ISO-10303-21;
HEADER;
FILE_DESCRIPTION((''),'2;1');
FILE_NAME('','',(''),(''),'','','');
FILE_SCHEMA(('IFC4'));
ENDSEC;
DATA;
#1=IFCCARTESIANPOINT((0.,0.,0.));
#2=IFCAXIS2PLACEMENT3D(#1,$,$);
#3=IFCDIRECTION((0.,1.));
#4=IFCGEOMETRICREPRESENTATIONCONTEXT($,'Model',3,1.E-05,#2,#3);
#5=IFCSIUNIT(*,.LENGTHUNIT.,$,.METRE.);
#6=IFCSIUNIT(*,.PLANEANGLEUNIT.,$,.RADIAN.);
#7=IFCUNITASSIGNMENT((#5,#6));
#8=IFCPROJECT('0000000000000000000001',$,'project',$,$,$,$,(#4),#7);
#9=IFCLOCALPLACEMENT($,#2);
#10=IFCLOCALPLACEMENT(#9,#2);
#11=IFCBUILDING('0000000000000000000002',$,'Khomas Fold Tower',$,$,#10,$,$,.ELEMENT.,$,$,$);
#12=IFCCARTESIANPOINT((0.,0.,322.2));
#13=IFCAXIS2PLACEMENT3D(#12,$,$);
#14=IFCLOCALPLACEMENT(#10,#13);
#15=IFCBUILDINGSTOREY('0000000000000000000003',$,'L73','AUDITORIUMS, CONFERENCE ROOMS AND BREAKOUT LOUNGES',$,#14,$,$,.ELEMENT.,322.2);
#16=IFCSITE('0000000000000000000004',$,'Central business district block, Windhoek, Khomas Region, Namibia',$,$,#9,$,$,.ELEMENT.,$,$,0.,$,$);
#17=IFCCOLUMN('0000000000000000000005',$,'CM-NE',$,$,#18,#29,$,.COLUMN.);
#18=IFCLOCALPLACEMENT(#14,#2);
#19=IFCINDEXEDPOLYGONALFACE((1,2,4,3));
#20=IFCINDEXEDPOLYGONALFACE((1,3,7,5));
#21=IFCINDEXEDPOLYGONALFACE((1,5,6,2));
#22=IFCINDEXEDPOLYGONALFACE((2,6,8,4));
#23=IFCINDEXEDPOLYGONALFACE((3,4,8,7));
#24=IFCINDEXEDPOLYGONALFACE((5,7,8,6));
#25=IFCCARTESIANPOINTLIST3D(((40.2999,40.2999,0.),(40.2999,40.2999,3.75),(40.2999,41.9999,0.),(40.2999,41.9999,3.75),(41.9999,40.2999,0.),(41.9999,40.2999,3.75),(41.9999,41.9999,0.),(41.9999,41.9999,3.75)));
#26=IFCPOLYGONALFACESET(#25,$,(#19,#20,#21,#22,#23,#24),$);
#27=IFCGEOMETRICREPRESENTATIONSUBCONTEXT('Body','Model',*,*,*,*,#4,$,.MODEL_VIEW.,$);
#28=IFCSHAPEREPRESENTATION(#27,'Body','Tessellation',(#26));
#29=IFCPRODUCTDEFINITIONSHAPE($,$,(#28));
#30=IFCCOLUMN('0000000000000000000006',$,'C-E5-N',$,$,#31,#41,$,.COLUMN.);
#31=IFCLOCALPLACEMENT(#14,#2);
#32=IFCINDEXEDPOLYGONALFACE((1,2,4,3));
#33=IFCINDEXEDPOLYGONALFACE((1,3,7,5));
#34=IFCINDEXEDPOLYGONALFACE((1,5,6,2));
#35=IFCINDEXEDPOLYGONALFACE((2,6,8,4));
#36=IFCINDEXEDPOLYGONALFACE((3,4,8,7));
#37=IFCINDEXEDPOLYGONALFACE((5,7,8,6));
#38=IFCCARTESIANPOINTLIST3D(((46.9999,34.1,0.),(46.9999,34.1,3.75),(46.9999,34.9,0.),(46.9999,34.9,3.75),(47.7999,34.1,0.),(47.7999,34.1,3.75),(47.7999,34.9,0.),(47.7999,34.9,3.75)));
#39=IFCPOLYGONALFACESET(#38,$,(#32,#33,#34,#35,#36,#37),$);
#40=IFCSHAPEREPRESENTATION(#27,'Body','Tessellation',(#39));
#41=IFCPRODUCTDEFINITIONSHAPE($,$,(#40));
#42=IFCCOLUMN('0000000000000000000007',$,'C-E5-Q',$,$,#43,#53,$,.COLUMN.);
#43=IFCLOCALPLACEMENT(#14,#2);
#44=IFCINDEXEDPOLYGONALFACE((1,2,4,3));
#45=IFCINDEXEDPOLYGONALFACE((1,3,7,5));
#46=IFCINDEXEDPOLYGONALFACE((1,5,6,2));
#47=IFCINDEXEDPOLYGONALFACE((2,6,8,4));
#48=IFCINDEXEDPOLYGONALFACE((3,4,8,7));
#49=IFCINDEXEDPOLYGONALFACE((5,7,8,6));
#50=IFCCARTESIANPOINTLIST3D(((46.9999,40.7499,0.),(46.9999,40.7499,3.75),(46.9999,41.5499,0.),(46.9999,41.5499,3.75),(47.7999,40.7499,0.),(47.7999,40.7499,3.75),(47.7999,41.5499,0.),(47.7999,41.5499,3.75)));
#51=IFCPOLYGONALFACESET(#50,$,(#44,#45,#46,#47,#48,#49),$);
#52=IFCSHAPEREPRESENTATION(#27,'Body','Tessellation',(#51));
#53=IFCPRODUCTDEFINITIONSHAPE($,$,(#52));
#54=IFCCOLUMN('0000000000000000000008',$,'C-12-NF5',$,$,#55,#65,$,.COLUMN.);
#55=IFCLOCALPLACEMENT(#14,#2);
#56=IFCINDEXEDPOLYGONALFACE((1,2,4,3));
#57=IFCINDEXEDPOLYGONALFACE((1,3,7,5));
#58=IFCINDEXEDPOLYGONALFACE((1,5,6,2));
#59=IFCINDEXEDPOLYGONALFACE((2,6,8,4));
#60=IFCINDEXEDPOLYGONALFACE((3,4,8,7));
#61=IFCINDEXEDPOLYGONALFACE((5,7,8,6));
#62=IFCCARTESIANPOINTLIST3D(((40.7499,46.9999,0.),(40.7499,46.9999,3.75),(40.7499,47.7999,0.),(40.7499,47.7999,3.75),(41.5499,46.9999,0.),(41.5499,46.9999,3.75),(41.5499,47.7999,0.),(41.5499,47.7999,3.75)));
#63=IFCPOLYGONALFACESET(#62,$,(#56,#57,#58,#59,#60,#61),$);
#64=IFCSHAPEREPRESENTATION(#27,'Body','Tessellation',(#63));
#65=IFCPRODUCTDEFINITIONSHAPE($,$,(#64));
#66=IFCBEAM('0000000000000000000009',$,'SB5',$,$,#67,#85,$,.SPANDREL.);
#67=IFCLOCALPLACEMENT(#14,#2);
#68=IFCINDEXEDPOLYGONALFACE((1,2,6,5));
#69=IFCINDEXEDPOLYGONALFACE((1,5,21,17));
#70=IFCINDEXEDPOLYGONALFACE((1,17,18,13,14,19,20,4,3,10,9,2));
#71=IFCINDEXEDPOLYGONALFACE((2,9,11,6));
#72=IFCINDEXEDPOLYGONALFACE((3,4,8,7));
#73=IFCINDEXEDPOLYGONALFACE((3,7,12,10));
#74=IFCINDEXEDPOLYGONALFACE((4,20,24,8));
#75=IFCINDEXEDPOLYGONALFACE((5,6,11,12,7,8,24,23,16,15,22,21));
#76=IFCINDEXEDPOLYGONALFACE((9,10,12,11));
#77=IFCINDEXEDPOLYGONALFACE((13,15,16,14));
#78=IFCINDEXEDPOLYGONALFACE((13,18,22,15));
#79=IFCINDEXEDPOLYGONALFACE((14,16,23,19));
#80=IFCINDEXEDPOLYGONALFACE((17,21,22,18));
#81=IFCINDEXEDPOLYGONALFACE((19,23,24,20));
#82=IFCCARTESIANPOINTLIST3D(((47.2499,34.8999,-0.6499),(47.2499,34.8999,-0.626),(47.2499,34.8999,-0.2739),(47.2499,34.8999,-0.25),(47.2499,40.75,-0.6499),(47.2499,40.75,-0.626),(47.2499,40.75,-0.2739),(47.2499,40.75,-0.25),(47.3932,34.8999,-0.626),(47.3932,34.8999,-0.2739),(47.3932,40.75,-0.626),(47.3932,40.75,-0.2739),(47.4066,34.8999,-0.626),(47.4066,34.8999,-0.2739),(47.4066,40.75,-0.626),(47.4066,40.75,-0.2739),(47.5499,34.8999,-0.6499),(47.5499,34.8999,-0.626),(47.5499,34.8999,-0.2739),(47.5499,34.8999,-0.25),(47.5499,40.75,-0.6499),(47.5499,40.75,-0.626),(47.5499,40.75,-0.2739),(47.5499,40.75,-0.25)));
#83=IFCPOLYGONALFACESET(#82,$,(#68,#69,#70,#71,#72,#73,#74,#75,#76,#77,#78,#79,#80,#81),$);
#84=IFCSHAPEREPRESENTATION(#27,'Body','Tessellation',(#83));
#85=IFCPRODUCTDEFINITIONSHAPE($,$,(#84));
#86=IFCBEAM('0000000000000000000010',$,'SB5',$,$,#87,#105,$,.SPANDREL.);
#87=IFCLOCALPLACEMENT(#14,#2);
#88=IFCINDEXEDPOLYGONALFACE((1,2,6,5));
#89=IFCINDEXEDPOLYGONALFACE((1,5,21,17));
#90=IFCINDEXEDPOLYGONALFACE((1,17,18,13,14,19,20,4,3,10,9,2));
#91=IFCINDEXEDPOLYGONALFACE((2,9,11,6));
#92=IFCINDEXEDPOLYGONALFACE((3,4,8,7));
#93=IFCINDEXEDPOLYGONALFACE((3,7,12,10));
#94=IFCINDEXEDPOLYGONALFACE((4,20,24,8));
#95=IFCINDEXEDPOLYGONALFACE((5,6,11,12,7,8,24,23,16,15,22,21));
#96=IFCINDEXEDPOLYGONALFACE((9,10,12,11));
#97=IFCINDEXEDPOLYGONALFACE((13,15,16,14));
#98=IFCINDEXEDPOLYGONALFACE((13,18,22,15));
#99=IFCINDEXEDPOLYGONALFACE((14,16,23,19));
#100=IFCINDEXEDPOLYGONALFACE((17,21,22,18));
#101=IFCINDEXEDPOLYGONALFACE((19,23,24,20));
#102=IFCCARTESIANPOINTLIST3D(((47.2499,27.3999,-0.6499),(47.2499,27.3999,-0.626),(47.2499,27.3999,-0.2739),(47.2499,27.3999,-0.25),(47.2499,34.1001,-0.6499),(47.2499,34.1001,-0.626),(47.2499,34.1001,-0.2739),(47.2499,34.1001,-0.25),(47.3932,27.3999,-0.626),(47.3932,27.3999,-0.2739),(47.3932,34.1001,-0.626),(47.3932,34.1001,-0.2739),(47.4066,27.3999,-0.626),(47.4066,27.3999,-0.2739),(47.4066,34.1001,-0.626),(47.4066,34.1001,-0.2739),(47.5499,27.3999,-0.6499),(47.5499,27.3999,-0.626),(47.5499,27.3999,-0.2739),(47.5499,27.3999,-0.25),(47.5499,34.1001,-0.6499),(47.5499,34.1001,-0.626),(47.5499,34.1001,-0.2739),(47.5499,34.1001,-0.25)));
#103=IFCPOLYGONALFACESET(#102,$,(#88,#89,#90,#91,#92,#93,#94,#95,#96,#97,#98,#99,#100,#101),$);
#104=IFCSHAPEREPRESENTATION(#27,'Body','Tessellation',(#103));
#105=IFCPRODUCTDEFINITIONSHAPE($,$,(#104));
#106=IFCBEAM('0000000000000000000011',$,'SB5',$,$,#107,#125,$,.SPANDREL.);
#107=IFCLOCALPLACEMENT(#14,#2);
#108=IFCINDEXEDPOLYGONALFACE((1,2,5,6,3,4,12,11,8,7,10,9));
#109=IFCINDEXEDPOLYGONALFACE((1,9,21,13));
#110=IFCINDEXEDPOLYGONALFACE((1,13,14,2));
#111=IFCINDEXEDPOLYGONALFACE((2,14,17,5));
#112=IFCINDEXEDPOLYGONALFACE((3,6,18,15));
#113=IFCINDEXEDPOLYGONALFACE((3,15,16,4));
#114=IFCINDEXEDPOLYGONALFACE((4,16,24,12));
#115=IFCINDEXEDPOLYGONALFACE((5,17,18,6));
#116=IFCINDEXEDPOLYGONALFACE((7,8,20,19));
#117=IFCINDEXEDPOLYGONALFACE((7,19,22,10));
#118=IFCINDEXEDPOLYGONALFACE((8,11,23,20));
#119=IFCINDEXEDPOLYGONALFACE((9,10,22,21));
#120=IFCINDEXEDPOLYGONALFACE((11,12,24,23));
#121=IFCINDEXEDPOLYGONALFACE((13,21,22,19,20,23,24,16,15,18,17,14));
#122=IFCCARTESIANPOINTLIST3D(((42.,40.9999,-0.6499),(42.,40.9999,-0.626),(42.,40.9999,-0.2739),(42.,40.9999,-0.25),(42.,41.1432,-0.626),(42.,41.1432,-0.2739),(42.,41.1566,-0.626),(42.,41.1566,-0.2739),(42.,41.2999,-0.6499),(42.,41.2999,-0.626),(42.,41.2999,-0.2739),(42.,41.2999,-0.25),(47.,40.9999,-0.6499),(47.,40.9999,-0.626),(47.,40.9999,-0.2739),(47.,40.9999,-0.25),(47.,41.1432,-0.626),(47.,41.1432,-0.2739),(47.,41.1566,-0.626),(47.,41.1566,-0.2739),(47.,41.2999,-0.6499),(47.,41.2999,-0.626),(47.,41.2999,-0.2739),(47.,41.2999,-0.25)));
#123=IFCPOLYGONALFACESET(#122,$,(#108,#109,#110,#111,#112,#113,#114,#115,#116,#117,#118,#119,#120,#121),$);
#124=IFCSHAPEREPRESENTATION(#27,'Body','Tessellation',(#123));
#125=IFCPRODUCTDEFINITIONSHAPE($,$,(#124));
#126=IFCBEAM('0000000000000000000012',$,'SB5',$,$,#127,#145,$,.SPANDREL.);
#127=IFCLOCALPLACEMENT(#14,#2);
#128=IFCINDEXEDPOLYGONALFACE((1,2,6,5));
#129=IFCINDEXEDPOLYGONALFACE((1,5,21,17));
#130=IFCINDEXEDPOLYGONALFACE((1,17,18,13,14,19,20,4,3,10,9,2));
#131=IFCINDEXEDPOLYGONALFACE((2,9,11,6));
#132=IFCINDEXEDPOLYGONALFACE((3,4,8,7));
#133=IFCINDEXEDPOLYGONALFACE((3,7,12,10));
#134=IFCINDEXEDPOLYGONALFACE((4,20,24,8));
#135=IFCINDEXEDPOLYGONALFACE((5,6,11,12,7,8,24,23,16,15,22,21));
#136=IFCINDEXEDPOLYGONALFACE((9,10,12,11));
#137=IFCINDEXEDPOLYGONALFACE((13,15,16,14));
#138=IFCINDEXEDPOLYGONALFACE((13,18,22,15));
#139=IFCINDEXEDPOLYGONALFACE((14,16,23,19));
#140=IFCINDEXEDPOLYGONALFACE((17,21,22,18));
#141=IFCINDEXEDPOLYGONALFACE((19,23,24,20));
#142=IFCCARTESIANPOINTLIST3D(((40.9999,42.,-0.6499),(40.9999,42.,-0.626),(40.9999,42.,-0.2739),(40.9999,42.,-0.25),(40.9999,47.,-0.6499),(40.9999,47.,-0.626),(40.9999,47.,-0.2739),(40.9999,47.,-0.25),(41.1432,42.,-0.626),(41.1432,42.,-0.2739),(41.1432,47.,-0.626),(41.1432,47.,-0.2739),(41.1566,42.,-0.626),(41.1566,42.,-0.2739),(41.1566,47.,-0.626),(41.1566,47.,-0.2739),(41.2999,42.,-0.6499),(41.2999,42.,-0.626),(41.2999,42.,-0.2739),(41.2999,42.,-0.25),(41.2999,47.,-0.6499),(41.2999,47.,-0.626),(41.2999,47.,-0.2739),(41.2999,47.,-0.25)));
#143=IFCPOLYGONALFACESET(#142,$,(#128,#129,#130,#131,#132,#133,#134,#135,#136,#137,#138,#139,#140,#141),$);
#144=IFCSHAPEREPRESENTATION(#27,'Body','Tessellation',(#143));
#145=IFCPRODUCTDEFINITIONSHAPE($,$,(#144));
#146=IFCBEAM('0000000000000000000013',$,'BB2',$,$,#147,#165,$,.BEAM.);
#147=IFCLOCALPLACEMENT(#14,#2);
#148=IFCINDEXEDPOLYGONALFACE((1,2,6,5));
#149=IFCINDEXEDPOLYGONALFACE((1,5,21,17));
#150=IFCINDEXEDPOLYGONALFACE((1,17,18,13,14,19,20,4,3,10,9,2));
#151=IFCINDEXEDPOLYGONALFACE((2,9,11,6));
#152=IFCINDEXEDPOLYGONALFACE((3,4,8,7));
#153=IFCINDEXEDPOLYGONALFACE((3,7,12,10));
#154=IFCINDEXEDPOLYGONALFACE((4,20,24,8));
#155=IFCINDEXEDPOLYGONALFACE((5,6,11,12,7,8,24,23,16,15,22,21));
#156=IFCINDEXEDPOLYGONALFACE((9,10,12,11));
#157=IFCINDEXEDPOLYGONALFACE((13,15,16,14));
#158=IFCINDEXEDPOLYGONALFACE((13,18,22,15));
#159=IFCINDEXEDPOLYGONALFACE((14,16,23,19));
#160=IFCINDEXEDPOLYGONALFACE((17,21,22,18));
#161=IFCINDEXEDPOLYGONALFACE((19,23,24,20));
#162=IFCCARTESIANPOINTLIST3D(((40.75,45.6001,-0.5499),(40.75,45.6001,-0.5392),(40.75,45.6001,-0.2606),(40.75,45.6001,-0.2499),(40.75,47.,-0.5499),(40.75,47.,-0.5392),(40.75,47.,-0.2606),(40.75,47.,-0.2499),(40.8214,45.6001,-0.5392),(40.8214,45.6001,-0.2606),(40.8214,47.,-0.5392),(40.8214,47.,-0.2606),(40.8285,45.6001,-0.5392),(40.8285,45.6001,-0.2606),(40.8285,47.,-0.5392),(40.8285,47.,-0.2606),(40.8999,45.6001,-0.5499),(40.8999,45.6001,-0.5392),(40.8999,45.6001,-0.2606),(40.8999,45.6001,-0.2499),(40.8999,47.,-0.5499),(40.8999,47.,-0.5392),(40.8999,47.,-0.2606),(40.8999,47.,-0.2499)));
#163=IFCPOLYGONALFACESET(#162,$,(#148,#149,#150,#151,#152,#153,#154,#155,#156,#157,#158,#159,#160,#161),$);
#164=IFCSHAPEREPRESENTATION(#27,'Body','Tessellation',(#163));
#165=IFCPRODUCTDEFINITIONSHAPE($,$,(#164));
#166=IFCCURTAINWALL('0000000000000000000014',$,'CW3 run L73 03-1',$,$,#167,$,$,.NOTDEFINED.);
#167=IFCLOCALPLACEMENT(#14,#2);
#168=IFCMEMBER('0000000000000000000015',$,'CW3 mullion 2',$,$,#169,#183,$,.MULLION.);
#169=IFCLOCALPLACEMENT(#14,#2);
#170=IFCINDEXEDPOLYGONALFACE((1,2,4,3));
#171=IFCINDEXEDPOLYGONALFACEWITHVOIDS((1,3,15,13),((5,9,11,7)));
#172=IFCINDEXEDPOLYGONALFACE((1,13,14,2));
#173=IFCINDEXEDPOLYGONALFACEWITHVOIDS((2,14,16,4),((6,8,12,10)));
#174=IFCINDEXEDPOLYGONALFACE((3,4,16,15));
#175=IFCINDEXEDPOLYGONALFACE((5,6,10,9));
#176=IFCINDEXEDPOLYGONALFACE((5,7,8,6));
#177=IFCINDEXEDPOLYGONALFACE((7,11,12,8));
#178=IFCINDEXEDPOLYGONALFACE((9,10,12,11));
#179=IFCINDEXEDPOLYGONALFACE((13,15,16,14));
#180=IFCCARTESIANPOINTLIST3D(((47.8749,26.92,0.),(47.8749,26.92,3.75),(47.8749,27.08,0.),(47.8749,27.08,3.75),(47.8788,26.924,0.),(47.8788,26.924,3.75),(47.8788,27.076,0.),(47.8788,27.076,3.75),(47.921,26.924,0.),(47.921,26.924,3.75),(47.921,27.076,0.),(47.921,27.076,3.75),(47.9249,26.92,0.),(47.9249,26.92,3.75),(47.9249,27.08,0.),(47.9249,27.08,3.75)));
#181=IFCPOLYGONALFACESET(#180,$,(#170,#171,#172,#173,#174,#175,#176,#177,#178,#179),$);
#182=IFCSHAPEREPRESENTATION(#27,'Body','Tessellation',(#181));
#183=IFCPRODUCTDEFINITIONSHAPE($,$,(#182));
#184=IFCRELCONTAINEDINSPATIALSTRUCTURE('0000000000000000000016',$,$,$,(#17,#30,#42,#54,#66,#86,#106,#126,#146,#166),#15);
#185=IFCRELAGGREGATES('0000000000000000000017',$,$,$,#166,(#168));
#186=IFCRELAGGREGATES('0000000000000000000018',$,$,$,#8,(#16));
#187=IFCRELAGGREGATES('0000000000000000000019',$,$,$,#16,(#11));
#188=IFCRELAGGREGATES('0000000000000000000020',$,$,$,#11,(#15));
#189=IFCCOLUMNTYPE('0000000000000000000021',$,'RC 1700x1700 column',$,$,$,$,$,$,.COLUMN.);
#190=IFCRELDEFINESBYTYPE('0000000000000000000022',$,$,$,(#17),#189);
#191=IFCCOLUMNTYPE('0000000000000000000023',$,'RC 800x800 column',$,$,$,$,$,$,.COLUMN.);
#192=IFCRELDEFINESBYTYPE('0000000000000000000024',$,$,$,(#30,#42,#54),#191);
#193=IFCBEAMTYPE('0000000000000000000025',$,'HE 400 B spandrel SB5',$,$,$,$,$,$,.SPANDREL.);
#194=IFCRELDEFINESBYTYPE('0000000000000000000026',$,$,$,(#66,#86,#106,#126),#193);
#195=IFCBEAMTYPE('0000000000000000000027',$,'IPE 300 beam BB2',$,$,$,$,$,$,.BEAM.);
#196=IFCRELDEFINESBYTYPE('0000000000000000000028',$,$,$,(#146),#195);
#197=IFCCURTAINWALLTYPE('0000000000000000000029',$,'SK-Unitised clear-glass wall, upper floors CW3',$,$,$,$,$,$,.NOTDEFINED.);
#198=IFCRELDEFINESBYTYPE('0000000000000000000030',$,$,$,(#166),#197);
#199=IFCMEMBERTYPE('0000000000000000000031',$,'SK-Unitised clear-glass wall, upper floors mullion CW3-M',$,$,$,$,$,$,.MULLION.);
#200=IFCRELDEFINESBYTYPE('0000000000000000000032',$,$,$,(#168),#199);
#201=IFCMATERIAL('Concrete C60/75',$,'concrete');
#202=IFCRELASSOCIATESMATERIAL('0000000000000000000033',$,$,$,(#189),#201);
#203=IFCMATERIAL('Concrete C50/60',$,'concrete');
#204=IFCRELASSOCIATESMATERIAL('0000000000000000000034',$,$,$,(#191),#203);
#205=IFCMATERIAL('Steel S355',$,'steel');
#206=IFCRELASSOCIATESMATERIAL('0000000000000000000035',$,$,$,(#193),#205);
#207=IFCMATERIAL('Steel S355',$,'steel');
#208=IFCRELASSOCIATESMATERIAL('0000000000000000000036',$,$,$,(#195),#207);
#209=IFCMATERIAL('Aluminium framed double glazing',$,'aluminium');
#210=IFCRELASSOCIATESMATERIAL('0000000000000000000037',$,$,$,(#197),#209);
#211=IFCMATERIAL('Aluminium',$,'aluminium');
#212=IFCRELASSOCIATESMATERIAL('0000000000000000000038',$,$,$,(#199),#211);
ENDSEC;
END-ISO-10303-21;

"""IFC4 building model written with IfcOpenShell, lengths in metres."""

from ifc_helpers import new_model, si_unit, direction, frame, origin, origin_2d, place, context, subcontext, project, spatial, rectangle, hollow_rectangle, i_section, extrude, source, transform, mapped, material, material_profile, profile_set, type_object, element, aggregate, save


model = new_model("IFC4")

# Units and contexts
model_context = context("Model", 3, precision=1e-05, world=origin(), true_north=direction((0.0, 1.0)))
body_context = subcontext(model_context, "Body", "Model", "MODEL_VIEW")
ifc_project = project(units=[si_unit("LENGTHUNIT", "METRE"), si_unit("PLANEANGLEUNIT", "RADIAN")], contexts=[model_context])

# Site, building, storey
site_placement = place(None, origin())
site = spatial("IfcSite", under=ifc_project, at=site_placement, Name="Central business district block, Windhoek, Khomas Region, Namibia", CompositionType="ELEMENT", RefElevation=0.0)
building_placement = place(site_placement, origin())
building = spatial("IfcBuilding", under=site, at=building_placement, Name="Khomas Fold Tower", CompositionType="ELEMENT")
storey_placement = place(building_placement, frame((0.0, 0.0, 322.2)))
storey = spatial("IfcBuildingStorey", under=building, at=storey_placement, Name="L73", Description="AUDITORIUMS, CONFERENCE ROOMS AND BREAKOUT LOUNGES", CompositionType="ELEMENT", Elevation=322.2)

# Columns
ifc_material_1 = material(Name="Concrete C60/75", Category="concrete")
ifc_material_profile_1 = material_profile(ifc_material_1, rectangle(XDim=1.7, YDim=1.7, at=origin_2d()), Name="RC 1700x1700")
ifc_profile_set_1 = profile_set([ifc_material_profile_1], Name="Concrete C60/75")
column_type_1 = type_object("IfcColumnType", Name="RC 1700x1700 column", PredefinedType="COLUMN", material=ifc_profile_set_1)
shared_shape_1 = source(origin(), body_context, "Body", "SweptSolid", [
    extrude(rectangle(XDim=1.7, YDim=1.7, at=origin_2d()), origin(), (0.0, 0.0, 1.0), 3.75),
])
column_placement = place(storey_placement, frame((41.1499, 41.1499, 0.0), z_axis=(0.0, 0.0, 1.0), x_axis=(1.0, 0.0, 0.0)))
element("IfcColumn", 1, at=column_placement, inside=storey, type_object=column_type_1, Name="CM-NE", PredefinedType="COLUMN", context=body_context, shape_type="MappedRepresentation", body=[
    mapped(shared_shape_1, transform((0.0, 0.0, 0.0))),
])
ifc_material_2 = material(Name="Concrete C50/60", Category="concrete")
ifc_material_profile_2 = material_profile(ifc_material_2, rectangle(XDim=0.8, YDim=0.8, at=origin_2d()), Name="RC 800x800")
ifc_profile_set_2 = profile_set([ifc_material_profile_2], Name="Concrete C50/60")
column_type_2 = type_object("IfcColumnType", Name="RC 800x800 column", PredefinedType="COLUMN", material=ifc_profile_set_2)
shared_shape_2 = source(origin(), body_context, "Body", "SweptSolid", [
    extrude(rectangle(XDim=0.8, YDim=0.8, at=origin_2d()), origin(), (0.0, 0.0, 1.0), 3.75),
])
for number, where, z_axis, x_axis, name in (
    (2, (47.3999, 34.5, 0.0), (0.0, 0.0, 1.0), (1.0, 0.0, 0.0), "C-E5-N"),
    (3, (47.3999, 41.1499, 0.0), (0.0, 0.0, 1.0), (1.0, 0.0, 0.0), "C-E5-Q"),
    (4, (41.1499, 47.3999, 0.0), (0.0, 0.0, 1.0), (1.0, 0.0, 0.0), "C-12-NF5"),
):
    element("IfcColumn", number, at=place(storey_placement, frame(where, z_axis=z_axis, x_axis=x_axis)), inside=storey, type_object=column_type_2, Name=name, PredefinedType="COLUMN", context=body_context, shape_type="MappedRepresentation", body=[
        mapped(shared_shape_2, transform((0.0, 0.0, 0.0))),
    ])

# Beams
ifc_material_3 = material(Name="Steel S355", Category="steel")
ifc_material_profile_3 = material_profile(ifc_material_3, i_section(OverallWidth=0.3, OverallDepth=0.3999, WebThickness=0.0134, FlangeThickness=0.0239, at=origin_2d()), Name="HE 400 B")
ifc_profile_set_3 = profile_set([ifc_material_profile_3], Name="Steel S355")
beam_type_1 = type_object("IfcBeamType", Name="HE 400 B spandrel SB5", PredefinedType="SPANDREL", material=ifc_profile_set_3)
shared_shape_3 = source(origin(), body_context, "Body", "SweptSolid", [
    extrude(i_section(OverallWidth=0.3, OverallDepth=0.3999, WebThickness=0.0134, FlangeThickness=0.0239, at=origin_2d()), origin(), (0.0, 0.0, 1.0), 5.8501),
])
beam_1_placement = place(storey_placement, frame((47.3999, 34.8999, -0.45), z_axis=(0.0, 1.0, 0.0), x_axis=(-1.0, 0.0, 0.0)))
element("IfcBeam", 5, at=beam_1_placement, inside=storey, type_object=beam_type_1, Name="SB5", PredefinedType="SPANDREL", context=body_context, shape_type="MappedRepresentation", body=[
    mapped(shared_shape_3, transform((0.0, 0.0, 0.0))),
])
shared_shape_4 = source(origin(), body_context, "Body", "SweptSolid", [
    extrude(i_section(OverallWidth=0.3, OverallDepth=0.3999, WebThickness=0.0134, FlangeThickness=0.0239, at=origin_2d()), origin(), (0.0, 0.0, 1.0), 6.7002),
])
beam_2_placement = place(storey_placement, frame((47.3999, 27.3999, -0.45), z_axis=(0.0, 1.0, 0.0), x_axis=(-1.0, 0.0, 0.0)))
element("IfcBeam", 6, at=beam_2_placement, inside=storey, type_object=beam_type_1, Name="SB5", PredefinedType="SPANDREL", context=body_context, shape_type="MappedRepresentation", body=[
    mapped(shared_shape_4, transform((0.0, 0.0, 0.0))),
])
shared_shape_5 = source(origin(), body_context, "Body", "SweptSolid", [
    extrude(i_section(OverallWidth=0.3, OverallDepth=0.3999, WebThickness=0.0134, FlangeThickness=0.0239, at=origin_2d()), origin(), (0.0, 0.0, 1.0), 5.0),
])
for number, where, z_axis, x_axis, name in (
    (7, (42.0, 41.1499, -0.45), (1.0, 0.0, 0.0), (0.0, 1.0, 0.0), "SB5"),
    (8, (41.1499, 42.0, -0.45), (0.0, 1.0, 0.0), (-1.0, 0.0, 0.0), "SB5"),
):
    element("IfcBeam", number, at=place(storey_placement, frame(where, z_axis=z_axis, x_axis=x_axis)), inside=storey, type_object=beam_type_1, Name=name, PredefinedType="SPANDREL", context=body_context, shape_type="MappedRepresentation", body=[
        mapped(shared_shape_5, transform((0.0, 0.0, 0.0))),
    ])
ifc_material_4 = material(Name="Steel S355", Category="steel")
ifc_material_profile_4 = material_profile(ifc_material_4, i_section(OverallWidth=0.1499, OverallDepth=0.3, WebThickness=0.0071, FlangeThickness=0.0107, at=origin_2d()), Name="IPE 300")
ifc_profile_set_4 = profile_set([ifc_material_profile_4], Name="Steel S355")
beam_type_2 = type_object("IfcBeamType", Name="IPE 300 beam BB2", PredefinedType="BEAM", material=ifc_profile_set_4)
shared_shape_6 = source(origin(), body_context, "Body", "SweptSolid", [
    extrude(i_section(OverallWidth=0.1499, OverallDepth=0.3, WebThickness=0.0071, FlangeThickness=0.0107, at=origin_2d()), origin(), (0.0, 0.0, 1.0), 1.3999),
])
beam_3_placement = place(storey_placement, frame((40.825, 45.6001, -0.3999), z_axis=(0.0, 1.0, 0.0), x_axis=(-1.0, 0.0, 0.0)))
element("IfcBeam", 9, at=beam_3_placement, inside=storey, type_object=beam_type_2, Name="BB2", PredefinedType="BEAM", context=body_context, shape_type="MappedRepresentation", body=[
    mapped(shared_shape_6, transform((0.0, 0.0, 0.0))),
])

# Curtain wall, member
ifc_material_5 = material(Name="Aluminium framed double glazing", Category="aluminium")
curtain_wall_type = type_object("IfcCurtainWallType", Name="SK-Unitised clear-glass wall, upper floors CW3", PredefinedType="NOTDEFINED", material=ifc_material_5)
curtain_wall_1_placement = place(storey_placement, origin())
curtain_wall_1 = element("IfcCurtainWall", 10, at=curtain_wall_1_placement, inside=storey, type_object=curtain_wall_type, Name="CW3 run L73 03-1", PredefinedType="NOTDEFINED")
ifc_material_6 = material(Name="Aluminium", Category="aluminium")
ifc_material_profile_5 = material_profile(ifc_material_6, hollow_rectangle(XDim=0.05, YDim=0.1599, WallThickness=0.0039, at=origin_2d()), Name="SK-Unitised clear-glass wall, upper floors mullion CW3-M")
ifc_profile_set_5 = profile_set([ifc_material_profile_5], Name="Aluminium")
member_type_1 = type_object("IfcMemberType", Name="SK-Unitised clear-glass wall, upper floors mullion CW3-M", PredefinedType="MULLION", material=ifc_profile_set_5)
shared_shape_7 = source(origin(), body_context, "Body", "SweptSolid", [
    extrude(hollow_rectangle(XDim=0.05, YDim=0.1599, WallThickness=0.0039, at=origin_2d()), origin(), (0.0, 0.0, 1.0), 3.75),
])
member_1_placement = place(storey_placement, frame((47.8999, 27.0, 0.0), z_axis=(0.0, 0.0, 1.0), x_axis=(-1.0, 0.0, 0.0)))
member_1 = element("IfcMember", 11, at=member_1_placement, type_object=member_type_1, Name="CW3 mullion 2", PredefinedType="MULLION", context=body_context, shape_type="MappedRepresentation", body=[
    mapped(shared_shape_7, transform((0.0, 0.0, 0.0))),
])

aggregate(curtain_wall_1, [member_1])

save(model, "model.ifc")
